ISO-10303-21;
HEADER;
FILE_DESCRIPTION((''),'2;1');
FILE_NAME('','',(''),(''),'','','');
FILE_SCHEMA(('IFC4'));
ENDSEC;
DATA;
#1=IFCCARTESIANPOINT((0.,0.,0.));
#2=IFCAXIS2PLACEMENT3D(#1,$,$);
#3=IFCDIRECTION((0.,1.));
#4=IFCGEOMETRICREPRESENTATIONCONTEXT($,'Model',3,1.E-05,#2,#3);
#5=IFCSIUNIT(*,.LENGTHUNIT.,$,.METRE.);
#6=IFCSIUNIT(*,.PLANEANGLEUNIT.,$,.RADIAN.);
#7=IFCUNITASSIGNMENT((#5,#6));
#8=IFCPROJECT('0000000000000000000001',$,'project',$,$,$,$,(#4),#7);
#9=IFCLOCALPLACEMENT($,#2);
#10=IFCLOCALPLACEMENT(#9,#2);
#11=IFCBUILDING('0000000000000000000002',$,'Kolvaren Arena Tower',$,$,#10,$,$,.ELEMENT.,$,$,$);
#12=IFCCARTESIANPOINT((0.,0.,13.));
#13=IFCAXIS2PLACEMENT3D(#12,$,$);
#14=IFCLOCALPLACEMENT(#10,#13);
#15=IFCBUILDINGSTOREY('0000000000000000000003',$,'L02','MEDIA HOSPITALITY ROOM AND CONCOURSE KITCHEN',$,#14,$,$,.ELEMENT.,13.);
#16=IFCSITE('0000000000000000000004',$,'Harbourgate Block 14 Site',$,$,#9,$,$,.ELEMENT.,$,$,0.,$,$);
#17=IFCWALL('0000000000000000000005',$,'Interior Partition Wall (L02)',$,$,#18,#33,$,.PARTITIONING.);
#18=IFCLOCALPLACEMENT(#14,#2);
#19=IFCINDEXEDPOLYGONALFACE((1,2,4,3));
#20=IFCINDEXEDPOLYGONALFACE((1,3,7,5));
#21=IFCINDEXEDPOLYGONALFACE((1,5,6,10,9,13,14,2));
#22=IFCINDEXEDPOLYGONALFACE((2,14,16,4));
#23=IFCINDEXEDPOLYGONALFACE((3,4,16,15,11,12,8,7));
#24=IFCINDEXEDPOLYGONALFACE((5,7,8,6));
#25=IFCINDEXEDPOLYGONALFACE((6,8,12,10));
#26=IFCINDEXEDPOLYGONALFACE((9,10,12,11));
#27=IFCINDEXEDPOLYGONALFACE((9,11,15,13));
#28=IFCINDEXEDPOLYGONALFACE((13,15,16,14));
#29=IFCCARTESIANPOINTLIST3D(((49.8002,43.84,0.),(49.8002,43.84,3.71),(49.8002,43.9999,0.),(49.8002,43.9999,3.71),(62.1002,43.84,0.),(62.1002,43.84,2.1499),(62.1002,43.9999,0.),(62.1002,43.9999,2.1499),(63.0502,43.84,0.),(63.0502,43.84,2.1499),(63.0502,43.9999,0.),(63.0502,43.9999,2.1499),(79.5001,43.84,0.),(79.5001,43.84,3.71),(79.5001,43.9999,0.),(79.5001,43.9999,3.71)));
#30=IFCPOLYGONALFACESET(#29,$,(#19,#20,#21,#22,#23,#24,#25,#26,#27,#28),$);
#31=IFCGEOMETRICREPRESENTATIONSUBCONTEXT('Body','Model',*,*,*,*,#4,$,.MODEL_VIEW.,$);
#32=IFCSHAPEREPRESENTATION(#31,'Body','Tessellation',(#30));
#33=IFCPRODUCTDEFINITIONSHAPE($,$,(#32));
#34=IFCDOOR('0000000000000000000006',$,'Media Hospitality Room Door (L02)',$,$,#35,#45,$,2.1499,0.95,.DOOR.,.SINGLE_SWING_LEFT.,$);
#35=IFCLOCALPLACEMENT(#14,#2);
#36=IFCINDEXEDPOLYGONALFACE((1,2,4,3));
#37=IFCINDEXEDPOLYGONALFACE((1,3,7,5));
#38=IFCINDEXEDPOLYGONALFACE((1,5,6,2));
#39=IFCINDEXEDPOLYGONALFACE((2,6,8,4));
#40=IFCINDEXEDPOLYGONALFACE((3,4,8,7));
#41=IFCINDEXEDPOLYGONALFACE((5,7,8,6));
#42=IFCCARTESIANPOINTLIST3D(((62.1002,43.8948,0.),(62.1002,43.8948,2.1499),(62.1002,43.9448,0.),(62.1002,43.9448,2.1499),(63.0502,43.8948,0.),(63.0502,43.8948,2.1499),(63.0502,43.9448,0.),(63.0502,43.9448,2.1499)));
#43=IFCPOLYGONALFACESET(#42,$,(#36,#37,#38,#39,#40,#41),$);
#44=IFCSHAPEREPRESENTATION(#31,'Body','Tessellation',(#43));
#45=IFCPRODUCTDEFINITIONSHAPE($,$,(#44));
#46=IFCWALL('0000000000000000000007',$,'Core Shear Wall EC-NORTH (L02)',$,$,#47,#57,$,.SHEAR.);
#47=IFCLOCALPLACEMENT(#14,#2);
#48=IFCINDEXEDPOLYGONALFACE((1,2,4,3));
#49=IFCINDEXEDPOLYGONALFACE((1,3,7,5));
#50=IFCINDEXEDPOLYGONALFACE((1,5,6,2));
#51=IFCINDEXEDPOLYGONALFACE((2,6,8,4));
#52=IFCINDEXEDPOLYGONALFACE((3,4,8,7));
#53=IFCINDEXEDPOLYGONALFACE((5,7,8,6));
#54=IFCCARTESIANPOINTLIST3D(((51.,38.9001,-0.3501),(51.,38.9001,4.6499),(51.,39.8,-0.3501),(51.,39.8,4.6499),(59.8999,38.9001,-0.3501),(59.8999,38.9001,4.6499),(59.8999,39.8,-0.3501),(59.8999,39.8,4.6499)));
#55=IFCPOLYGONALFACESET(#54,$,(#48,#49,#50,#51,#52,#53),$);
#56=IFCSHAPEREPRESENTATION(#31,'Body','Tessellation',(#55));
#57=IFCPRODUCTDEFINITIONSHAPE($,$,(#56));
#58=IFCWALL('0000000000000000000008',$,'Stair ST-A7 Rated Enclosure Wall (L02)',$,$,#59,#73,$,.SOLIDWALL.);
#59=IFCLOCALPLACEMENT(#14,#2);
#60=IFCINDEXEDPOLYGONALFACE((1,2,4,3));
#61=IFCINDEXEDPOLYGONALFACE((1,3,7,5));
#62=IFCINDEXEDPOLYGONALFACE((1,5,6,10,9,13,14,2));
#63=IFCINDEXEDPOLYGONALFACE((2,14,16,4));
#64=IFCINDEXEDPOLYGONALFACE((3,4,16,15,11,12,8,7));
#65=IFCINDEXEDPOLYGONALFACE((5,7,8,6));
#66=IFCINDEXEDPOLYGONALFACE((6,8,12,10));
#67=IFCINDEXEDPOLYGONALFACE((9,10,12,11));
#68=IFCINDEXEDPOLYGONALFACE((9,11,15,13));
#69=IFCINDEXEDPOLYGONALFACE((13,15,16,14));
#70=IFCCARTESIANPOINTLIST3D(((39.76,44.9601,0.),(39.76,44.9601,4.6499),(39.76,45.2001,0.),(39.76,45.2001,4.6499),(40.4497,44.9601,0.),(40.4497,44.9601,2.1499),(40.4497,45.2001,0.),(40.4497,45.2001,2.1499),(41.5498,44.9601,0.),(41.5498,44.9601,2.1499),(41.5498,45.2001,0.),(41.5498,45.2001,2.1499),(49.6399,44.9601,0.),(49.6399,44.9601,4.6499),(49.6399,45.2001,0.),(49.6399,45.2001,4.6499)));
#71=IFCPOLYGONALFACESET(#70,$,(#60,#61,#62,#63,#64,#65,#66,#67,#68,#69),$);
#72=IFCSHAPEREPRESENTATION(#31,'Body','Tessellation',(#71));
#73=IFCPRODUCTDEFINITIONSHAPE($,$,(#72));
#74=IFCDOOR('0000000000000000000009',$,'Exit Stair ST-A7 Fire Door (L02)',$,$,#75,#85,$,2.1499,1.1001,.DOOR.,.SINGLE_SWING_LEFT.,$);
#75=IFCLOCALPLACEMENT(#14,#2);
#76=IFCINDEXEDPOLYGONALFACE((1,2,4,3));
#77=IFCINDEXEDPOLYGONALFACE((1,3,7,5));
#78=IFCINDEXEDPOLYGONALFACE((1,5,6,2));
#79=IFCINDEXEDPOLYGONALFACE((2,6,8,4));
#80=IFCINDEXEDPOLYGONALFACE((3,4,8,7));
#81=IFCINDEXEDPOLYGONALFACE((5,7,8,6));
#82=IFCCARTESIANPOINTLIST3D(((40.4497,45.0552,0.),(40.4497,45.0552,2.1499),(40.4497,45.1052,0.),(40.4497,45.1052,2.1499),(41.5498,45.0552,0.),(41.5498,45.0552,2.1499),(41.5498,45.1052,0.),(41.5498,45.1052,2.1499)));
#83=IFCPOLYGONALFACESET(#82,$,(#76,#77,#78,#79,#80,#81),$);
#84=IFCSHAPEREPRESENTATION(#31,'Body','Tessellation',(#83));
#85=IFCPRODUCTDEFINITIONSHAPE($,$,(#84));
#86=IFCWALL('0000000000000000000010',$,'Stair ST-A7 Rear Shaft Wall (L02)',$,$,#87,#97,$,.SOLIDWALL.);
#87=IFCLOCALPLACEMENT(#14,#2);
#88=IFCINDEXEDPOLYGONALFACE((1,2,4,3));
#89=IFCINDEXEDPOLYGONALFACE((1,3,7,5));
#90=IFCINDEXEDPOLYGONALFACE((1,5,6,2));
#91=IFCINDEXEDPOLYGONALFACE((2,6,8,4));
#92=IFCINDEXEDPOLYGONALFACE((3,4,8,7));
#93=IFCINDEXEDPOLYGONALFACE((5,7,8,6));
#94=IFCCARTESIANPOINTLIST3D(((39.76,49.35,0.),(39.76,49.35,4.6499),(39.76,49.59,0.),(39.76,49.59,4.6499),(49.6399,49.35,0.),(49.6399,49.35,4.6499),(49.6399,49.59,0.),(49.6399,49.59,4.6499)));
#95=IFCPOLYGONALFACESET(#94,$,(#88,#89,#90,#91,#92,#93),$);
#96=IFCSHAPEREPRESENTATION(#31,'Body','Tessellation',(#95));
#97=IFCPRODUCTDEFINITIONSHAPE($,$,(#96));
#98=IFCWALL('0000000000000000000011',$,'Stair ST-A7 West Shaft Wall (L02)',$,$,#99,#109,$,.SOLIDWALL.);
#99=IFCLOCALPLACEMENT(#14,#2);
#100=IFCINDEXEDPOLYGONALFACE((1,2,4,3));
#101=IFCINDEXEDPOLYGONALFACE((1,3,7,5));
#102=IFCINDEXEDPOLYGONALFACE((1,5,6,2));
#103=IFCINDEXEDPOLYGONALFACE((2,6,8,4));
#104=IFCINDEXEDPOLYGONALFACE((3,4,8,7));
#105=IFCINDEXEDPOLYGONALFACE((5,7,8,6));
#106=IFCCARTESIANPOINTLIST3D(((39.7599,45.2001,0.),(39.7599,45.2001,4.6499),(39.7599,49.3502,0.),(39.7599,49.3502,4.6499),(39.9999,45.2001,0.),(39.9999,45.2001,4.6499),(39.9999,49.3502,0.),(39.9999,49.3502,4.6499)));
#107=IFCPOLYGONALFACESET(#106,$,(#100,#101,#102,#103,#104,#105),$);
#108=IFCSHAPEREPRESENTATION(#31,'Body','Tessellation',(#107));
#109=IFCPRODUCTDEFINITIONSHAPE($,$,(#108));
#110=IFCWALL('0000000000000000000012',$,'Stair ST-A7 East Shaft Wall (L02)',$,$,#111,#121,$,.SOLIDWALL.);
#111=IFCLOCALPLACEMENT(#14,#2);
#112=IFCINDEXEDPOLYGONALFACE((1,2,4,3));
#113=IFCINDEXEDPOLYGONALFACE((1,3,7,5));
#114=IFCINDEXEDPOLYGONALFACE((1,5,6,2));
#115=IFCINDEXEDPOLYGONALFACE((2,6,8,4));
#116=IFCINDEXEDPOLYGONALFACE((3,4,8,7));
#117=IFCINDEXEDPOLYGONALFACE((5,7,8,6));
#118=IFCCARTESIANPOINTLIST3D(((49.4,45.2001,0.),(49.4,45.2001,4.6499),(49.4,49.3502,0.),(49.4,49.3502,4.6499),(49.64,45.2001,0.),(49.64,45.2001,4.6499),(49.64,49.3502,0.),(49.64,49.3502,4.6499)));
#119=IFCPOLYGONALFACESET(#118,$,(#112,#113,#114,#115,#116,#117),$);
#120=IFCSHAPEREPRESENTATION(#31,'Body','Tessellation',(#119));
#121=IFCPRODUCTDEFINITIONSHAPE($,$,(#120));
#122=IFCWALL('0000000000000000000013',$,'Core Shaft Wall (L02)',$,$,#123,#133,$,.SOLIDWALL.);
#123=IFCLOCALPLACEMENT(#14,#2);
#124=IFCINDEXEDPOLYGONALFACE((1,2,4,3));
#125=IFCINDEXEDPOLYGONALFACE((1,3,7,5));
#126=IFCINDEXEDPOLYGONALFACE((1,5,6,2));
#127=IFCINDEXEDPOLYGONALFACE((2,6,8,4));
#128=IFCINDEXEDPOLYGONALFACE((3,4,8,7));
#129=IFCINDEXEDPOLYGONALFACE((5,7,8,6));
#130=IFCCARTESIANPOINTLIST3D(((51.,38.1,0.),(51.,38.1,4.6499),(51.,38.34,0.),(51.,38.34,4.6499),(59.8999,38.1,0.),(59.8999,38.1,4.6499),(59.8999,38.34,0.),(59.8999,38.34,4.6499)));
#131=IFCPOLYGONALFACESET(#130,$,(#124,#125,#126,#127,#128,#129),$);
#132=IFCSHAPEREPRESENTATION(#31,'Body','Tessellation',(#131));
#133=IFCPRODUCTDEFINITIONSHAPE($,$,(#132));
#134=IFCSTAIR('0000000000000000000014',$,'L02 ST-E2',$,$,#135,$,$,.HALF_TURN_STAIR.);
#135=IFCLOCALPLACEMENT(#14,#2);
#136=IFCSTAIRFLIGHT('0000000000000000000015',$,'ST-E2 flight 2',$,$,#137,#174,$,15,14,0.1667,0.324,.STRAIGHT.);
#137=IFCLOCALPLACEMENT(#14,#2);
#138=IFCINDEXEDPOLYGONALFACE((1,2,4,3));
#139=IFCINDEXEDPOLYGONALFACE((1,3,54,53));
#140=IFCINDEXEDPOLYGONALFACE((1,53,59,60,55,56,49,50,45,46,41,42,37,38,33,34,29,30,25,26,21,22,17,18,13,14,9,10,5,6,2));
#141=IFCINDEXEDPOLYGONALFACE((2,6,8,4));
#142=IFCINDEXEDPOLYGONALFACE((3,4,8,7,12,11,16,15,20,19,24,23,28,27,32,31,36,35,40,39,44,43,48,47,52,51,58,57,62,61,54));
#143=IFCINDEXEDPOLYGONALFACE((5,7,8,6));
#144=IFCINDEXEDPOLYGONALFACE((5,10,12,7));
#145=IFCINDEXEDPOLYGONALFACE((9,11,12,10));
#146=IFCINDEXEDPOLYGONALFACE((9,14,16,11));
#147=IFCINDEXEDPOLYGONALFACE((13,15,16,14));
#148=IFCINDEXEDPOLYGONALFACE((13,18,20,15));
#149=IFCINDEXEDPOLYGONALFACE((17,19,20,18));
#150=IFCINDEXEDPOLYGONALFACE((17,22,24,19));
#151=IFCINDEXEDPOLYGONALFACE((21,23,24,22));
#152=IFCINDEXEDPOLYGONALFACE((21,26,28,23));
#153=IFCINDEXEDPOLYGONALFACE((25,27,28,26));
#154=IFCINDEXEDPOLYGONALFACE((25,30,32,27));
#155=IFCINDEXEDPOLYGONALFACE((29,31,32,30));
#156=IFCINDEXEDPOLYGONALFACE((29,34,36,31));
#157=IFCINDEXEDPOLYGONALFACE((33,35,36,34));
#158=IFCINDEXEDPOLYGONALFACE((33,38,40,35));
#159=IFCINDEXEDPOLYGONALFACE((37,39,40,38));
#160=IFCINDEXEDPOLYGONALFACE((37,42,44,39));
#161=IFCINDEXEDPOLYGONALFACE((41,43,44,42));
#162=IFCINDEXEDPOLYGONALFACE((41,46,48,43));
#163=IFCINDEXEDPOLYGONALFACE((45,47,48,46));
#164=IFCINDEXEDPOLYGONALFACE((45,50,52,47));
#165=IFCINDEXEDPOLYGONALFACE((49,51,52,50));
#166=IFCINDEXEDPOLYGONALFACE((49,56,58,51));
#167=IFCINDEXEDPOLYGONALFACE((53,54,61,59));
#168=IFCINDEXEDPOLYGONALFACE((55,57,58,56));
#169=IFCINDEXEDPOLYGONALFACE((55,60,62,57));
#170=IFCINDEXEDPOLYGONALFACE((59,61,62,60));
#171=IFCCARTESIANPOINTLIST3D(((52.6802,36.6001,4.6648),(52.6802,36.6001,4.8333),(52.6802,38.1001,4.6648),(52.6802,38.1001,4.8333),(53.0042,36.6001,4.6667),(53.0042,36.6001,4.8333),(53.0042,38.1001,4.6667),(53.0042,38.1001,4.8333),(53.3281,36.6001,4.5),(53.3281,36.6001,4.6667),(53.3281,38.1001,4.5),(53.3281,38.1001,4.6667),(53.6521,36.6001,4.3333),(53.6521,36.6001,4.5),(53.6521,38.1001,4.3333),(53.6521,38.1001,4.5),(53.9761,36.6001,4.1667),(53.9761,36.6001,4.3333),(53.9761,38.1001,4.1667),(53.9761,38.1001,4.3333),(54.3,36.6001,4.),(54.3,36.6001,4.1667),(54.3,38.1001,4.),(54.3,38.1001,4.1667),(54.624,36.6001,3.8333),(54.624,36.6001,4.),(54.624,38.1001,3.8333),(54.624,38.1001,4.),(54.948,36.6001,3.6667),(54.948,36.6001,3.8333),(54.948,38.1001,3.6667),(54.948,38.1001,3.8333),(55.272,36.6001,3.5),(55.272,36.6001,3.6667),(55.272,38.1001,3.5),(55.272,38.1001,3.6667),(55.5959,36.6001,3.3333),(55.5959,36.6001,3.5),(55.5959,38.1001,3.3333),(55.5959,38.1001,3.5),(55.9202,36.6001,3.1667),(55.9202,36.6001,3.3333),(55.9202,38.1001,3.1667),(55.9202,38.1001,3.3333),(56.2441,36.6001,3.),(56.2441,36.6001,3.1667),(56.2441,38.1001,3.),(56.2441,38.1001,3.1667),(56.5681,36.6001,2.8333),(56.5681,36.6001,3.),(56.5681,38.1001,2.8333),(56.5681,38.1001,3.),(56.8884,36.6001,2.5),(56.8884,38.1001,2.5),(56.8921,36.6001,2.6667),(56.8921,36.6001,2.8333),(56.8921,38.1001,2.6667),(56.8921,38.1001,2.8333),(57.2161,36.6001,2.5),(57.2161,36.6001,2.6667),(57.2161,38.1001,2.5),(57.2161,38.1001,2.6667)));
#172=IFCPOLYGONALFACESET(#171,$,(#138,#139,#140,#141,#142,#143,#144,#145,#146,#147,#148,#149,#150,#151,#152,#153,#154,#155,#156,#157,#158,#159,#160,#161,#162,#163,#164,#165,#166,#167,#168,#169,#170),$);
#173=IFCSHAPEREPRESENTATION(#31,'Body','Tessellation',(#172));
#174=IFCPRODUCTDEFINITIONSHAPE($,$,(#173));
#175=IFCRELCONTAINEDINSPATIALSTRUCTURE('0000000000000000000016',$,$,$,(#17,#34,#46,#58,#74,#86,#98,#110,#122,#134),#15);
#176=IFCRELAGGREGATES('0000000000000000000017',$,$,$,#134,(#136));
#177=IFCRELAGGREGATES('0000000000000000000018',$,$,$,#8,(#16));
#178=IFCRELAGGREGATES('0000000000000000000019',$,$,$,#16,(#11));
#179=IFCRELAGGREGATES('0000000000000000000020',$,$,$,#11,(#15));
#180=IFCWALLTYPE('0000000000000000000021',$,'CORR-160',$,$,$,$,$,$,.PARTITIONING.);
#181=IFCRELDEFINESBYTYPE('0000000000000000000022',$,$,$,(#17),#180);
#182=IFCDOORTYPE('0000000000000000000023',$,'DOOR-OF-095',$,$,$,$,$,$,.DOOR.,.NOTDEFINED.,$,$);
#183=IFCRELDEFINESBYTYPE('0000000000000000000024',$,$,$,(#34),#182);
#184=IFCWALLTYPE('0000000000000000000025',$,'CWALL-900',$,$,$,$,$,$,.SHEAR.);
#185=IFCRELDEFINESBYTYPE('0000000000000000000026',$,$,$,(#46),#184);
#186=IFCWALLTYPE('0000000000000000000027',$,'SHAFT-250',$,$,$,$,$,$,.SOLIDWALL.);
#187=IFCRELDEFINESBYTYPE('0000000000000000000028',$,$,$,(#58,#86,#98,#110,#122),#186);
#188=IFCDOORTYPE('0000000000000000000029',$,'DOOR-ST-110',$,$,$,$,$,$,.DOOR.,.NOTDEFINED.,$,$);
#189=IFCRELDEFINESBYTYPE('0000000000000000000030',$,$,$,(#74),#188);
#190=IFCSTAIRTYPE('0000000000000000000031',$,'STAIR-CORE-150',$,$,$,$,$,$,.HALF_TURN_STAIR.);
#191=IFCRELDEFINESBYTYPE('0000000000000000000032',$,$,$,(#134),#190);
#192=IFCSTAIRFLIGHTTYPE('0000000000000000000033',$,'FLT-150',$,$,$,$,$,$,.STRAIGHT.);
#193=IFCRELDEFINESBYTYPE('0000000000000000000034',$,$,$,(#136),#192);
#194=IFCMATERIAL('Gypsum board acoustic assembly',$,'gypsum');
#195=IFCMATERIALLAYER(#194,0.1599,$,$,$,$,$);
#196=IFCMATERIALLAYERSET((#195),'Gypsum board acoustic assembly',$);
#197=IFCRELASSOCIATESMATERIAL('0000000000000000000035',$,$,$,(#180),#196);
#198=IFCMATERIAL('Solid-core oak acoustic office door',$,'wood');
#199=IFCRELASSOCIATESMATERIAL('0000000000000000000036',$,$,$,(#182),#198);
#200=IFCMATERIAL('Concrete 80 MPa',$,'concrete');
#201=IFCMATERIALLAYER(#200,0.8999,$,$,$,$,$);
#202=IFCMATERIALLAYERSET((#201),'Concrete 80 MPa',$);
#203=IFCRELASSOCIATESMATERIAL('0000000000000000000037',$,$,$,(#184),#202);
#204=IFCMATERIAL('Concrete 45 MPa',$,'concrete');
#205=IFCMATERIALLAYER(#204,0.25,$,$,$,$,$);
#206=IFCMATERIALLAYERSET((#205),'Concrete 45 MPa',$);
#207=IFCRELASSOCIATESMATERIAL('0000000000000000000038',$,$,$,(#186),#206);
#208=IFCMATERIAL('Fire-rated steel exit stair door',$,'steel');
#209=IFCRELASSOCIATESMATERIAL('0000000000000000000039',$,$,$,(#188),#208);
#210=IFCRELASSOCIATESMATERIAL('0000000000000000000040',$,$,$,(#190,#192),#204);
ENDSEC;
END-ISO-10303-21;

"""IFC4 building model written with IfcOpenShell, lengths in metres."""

from ifc_helpers import new_model, si_unit, direction, frame, frame_2d, origin, place, context, subcontext, project, spatial, polyline, rectangle, outline, extrude, material, layer, layer_set, type_object, element, fill, aggregate, save


model = new_model("IFC4")

# Units and contexts
model_context = context("Model", 3, precision=1e-05, world=origin(), true_north=direction((0.0, 1.0)))
body_context = subcontext(model_context, "Body", "Model", "MODEL_VIEW")
ifc_project = project(units=[si_unit("LENGTHUNIT", "METRE"), si_unit("PLANEANGLEUNIT", "RADIAN")], contexts=[model_context])

# Site, building, storey
site_placement = place(None, origin())
site = spatial("IfcSite", under=ifc_project, at=site_placement, Name="Harbourgate Block 14 Site", CompositionType="ELEMENT", RefElevation=0.0)
building_placement = place(site_placement, origin())
building = spatial("IfcBuilding", under=site, at=building_placement, Name="Kolvaren Arena Tower", CompositionType="ELEMENT")
storey_placement = place(building_placement, frame((0.0, 0.0, 13.0)))
storey = spatial("IfcBuildingStorey", under=building, at=storey_placement, Name="L02", Description="MEDIA HOSPITALITY ROOM AND CONCOURSE KITCHEN", CompositionType="ELEMENT", Elevation=13.0)

# Wall, opening, door
ifc_material_1 = material(Name="Gypsum board acoustic assembly", Category="gypsum")
ifc_layer_1 = layer(ifc_material_1, 0.1599)
ifc_layer_set_1 = layer_set([ifc_layer_1], Name="Gypsum board acoustic assembly")
wall_type_1 = type_object("IfcWallType", Name="CORR-160", PredefinedType="PARTITIONING", material=ifc_layer_set_1)
wall_1_placement = place(storey_placement, frame((49.8, 43.9199, 0.0), z_axis=(0.0, 0.0, 1.0), x_axis=(1.0, 0.0, 0.0)))
wall_1 = element("IfcWall", 1, at=wall_1_placement, inside=storey, type_object=wall_type_1, Name="Interior Partition Wall (L02)", PredefinedType="PARTITIONING", context=body_context, shape_type="SweptSolid", body=[
    extrude(rectangle(XDim=29.7, YDim=0.1599, at=frame_2d((14.8501, 0.0))), origin(), (0.0, 0.0, 1.0), 3.71),
])
opening_1_placement = place(wall_1_placement, frame((12.3, 0.0, 0.0)))
opening_1 = element("IfcOpeningElement", 2, at=opening_1_placement, cuts=wall_1, PredefinedType="OPENING", context=body_context, shape_type="SweptSolid", body=[
    extrude(rectangle(XDim=0.95, YDim=2.1499, at=frame_2d((0.4751, 1.075))), frame((0.0, 0.0898, 0.0), z_axis=(0.0, -1.0, 0.0), x_axis=(1.0, 0.0, 0.0)), (0.0, 0.0, 1.0), 0.1799),
])
ifc_material_2 = material(Name="Solid-core oak acoustic office door", Category="wood")
door_type_1 = type_object("IfcDoorType", Name="DOOR-OF-095", OperationType="NOTDEFINED", PredefinedType="DOOR", material=ifc_material_2)
door_1_placement = place(opening_1_placement, origin())
door_1 = element("IfcDoor", 3, at=door_1_placement, inside=storey, type_object=door_type_1, Name="Media Hospitality Room Door (L02)", OperationType="SINGLE_SWING_LEFT", OverallHeight=2.1499, OverallWidth=0.95, PredefinedType="DOOR", context=body_context, shape_type="SweptSolid", body=[
    extrude(rectangle(XDim=0.95, YDim=2.1499, at=frame_2d((0.4751, 1.075))), frame((0.0, 0.0249, 0.0), z_axis=(0.0, -1.0, 0.0), x_axis=(1.0, 0.0, 0.0)), (0.0, 0.0, 1.0), 0.05),
])
fill(opening_1, door_1)

# Wall
ifc_material_3 = material(Name="Concrete 80 MPa", Category="concrete")
ifc_layer_2 = layer(ifc_material_3, 0.8999)
ifc_layer_set_2 = layer_set([ifc_layer_2], Name="Concrete 80 MPa")
wall_type_2 = type_object("IfcWallType", Name="CWALL-900", PredefinedType="SHEAR", material=ifc_layer_set_2)
wall_2_placement = place(storey_placement, frame((51.0, 39.3501, -0.3501), z_axis=(0.0, 0.0, 1.0), x_axis=(1.0, 0.0, 0.0)))
element("IfcWall", 4, at=wall_2_placement, inside=storey, type_object=wall_type_2, Name="Core Shear Wall EC-NORTH (L02)", PredefinedType="SHEAR", context=body_context, shape_type="SweptSolid", body=[
    extrude(rectangle(XDim=8.8999, YDim=0.8999, at=frame_2d((4.45, 0.0))), origin(), (0.0, 0.0, 1.0), 5.0),
])

# Wall, opening, door
ifc_material_4 = material(Name="Concrete 45 MPa", Category="concrete")
ifc_layer_3 = layer(ifc_material_4, 0.25)
ifc_layer_set_3 = layer_set([ifc_layer_3], Name="Concrete 45 MPa")
wall_type_3 = type_object("IfcWallType", Name="SHAFT-250", PredefinedType="SOLIDWALL", material=ifc_layer_set_3)
wall_3_placement = place(storey_placement, frame((49.6399, 45.0801, 0.0), z_axis=(0.0, 0.0, 1.0), x_axis=(-1.0, 0.0, 0.0)))
wall_3 = element("IfcWall", 5, at=wall_3_placement, inside=storey, type_object=wall_type_3, Name="Stair ST-A7 Rated Enclosure Wall (L02)", PredefinedType="SOLIDWALL", context=body_context, shape_type="SweptSolid", body=[
    extrude(rectangle(XDim=9.8799, YDim=0.24, at=frame_2d((4.9399, 0.0))), origin(), (0.0, 0.0, 1.0), 4.6499),
])
opening_2_placement = place(wall_3_placement, frame((8.0901, 0.0, 0.0)))
opening_2 = element("IfcOpeningElement", 6, at=opening_2_placement, cuts=wall_3, PredefinedType="OPENING", context=body_context, shape_type="SweptSolid", body=[
    extrude(rectangle(XDim=1.1001, YDim=2.1499, at=frame_2d((0.55, 1.075))), frame((0.0, 0.1299, 0.0), z_axis=(0.0, -1.0, 0.0), x_axis=(1.0, 0.0, 0.0)), (0.0, 0.0, 1.0), 0.26),
])
ifc_material_5 = material(Name="Fire-rated steel exit stair door", Category="steel")
door_type_2 = type_object("IfcDoorType", Name="DOOR-ST-110", OperationType="NOTDEFINED", PredefinedType="DOOR", material=ifc_material_5)
door_2_placement = place(opening_2_placement, origin())
door_2 = element("IfcDoor", 7, at=door_2_placement, inside=storey, type_object=door_type_2, Name="Exit Stair ST-A7 Fire Door (L02)", OperationType="SINGLE_SWING_LEFT", OverallHeight=2.1499, OverallWidth=1.1001, PredefinedType="DOOR", context=body_context, shape_type="SweptSolid", body=[
    extrude(rectangle(XDim=1.1001, YDim=2.1499, at=frame_2d((0.55, 1.075))), frame((0.0, 0.0249, 0.0), z_axis=(0.0, -1.0, 0.0), x_axis=(1.0, 0.0, 0.0)), (0.0, 0.0, 1.0), 0.05),
])
fill(opening_2, door_2)

# Walls
wall_4_placement = place(storey_placement, frame((39.76, 49.47, 0.0), z_axis=(0.0, 0.0, 1.0), x_axis=(1.0, 0.0, 0.0)))
element("IfcWall", 8, at=wall_4_placement, inside=storey, type_object=wall_type_3, Name="Stair ST-A7 Rear Shaft Wall (L02)", PredefinedType="SOLIDWALL", context=body_context, shape_type="SweptSolid", body=[
    extrude(rectangle(XDim=9.8799, YDim=0.24, at=frame_2d((4.9399, 0.0))), origin(), (0.0, 0.0, 1.0), 4.6499),
])
for number, where, z_axis, x_axis, name in (
    (9, (39.8799, 45.2, 0.0), (0.0, 0.0, 1.0), (0.0, 1.0, 0.0), "Stair ST-A7 West Shaft Wall (L02)"),
    (10, (49.52, 45.2, 0.0), (0.0, 0.0, 1.0), (0.0, 1.0, 0.0), "Stair ST-A7 East Shaft Wall (L02)"),
):
    element("IfcWall", number, at=place(storey_placement, frame(where, z_axis=z_axis, x_axis=x_axis)), inside=storey, type_object=wall_type_3, Name=name, PredefinedType="SOLIDWALL", context=body_context, shape_type="SweptSolid", body=[
        extrude(rectangle(XDim=4.1501, YDim=0.24, at=frame_2d((2.0752, 0.0))), origin(), (0.0, 0.0, 1.0), 4.6499),
    ])
wall_5_placement = place(storey_placement, frame((51.0, 38.22, 0.0), z_axis=(0.0, 0.0, 1.0), x_axis=(1.0, 0.0, 0.0)))
element("IfcWall", 11, at=wall_5_placement, inside=storey, type_object=wall_type_3, Name="Core Shaft Wall (L02)", PredefinedType="SOLIDWALL", context=body_context, shape_type="SweptSolid", body=[
    extrude(rectangle(XDim=8.8999, YDim=0.24, at=frame_2d((4.45, 0.0))), origin(), (0.0, 0.0, 1.0), 4.6499),
])

# Stair, stair flight
stair_type_1 = type_object("IfcStairType", Name="STAIR-CORE-150", PredefinedType="HALF_TURN_STAIR", material=ifc_material_4)
stair_1_placement = place(storey_placement, origin())
stair_1 = element("IfcStair", 12, at=stair_1_placement, inside=storey, type_object=stair_type_1, Name="L02 ST-E2", PredefinedType="HALF_TURN_STAIR")
stair_flight_type_1 = type_object("IfcStairFlightType", Name="FLT-150", PredefinedType="STRAIGHT", material=ifc_material_4)
stair_flight_1_placement = place(storey_placement, frame((57.2161, 37.3501, 2.5), z_axis=(0.0, 0.0, 1.0), x_axis=(-1.0, 0.0, 0.0)))
stair_flight_1 = element("IfcStairFlight", 13, at=stair_flight_1_placement, type_object=stair_flight_type_1, Name="ST-E2 flight 2", NumberOfRisers=15, NumberOfTreads=14, PredefinedType="STRAIGHT", RiserHeight=0.1667, TreadLength=0.324, context=body_context, shape_type="SweptSolid", body=[
    extrude(outline(polyline([(0.0, 0.0), (0.0, 0.1667), (0.324, 0.1667), (0.324, 0.3333), (0.6479, 0.3333), (0.6479, 0.5), (0.9719, 0.5), (0.9719, 0.6667), (1.2959, 0.6667), (1.2959, 0.8333), (1.6201, 0.8333), (1.6201, 1.0), (1.9441, 1.0), (1.9441, 1.1667), (2.2681, 1.1667), (2.2681, 1.3333), (2.592, 1.3333), (2.592, 1.5), (2.916, 1.5), (2.916, 1.6667), (3.24, 1.6667), (3.24, 1.8333), (3.564, 1.8333), (3.564, 2.0), (3.8879, 2.0), (3.8879, 2.1667), (4.2119, 2.1667), (4.2119, 2.3333), (4.5359, 2.3333), (4.5359, 2.5), (4.5359, 2.1648), (0.3276, 0.0), (0.0, 0.0)])), frame((0.0, 0.75, 0.0), z_axis=(0.0, -1.0, 0.0), x_axis=(1.0, 0.0, 0.0)), (0.0, 0.0, 1.0), 1.5),
])
aggregate(stair_1, [stair_flight_1])

save(model, "model.ifc")
